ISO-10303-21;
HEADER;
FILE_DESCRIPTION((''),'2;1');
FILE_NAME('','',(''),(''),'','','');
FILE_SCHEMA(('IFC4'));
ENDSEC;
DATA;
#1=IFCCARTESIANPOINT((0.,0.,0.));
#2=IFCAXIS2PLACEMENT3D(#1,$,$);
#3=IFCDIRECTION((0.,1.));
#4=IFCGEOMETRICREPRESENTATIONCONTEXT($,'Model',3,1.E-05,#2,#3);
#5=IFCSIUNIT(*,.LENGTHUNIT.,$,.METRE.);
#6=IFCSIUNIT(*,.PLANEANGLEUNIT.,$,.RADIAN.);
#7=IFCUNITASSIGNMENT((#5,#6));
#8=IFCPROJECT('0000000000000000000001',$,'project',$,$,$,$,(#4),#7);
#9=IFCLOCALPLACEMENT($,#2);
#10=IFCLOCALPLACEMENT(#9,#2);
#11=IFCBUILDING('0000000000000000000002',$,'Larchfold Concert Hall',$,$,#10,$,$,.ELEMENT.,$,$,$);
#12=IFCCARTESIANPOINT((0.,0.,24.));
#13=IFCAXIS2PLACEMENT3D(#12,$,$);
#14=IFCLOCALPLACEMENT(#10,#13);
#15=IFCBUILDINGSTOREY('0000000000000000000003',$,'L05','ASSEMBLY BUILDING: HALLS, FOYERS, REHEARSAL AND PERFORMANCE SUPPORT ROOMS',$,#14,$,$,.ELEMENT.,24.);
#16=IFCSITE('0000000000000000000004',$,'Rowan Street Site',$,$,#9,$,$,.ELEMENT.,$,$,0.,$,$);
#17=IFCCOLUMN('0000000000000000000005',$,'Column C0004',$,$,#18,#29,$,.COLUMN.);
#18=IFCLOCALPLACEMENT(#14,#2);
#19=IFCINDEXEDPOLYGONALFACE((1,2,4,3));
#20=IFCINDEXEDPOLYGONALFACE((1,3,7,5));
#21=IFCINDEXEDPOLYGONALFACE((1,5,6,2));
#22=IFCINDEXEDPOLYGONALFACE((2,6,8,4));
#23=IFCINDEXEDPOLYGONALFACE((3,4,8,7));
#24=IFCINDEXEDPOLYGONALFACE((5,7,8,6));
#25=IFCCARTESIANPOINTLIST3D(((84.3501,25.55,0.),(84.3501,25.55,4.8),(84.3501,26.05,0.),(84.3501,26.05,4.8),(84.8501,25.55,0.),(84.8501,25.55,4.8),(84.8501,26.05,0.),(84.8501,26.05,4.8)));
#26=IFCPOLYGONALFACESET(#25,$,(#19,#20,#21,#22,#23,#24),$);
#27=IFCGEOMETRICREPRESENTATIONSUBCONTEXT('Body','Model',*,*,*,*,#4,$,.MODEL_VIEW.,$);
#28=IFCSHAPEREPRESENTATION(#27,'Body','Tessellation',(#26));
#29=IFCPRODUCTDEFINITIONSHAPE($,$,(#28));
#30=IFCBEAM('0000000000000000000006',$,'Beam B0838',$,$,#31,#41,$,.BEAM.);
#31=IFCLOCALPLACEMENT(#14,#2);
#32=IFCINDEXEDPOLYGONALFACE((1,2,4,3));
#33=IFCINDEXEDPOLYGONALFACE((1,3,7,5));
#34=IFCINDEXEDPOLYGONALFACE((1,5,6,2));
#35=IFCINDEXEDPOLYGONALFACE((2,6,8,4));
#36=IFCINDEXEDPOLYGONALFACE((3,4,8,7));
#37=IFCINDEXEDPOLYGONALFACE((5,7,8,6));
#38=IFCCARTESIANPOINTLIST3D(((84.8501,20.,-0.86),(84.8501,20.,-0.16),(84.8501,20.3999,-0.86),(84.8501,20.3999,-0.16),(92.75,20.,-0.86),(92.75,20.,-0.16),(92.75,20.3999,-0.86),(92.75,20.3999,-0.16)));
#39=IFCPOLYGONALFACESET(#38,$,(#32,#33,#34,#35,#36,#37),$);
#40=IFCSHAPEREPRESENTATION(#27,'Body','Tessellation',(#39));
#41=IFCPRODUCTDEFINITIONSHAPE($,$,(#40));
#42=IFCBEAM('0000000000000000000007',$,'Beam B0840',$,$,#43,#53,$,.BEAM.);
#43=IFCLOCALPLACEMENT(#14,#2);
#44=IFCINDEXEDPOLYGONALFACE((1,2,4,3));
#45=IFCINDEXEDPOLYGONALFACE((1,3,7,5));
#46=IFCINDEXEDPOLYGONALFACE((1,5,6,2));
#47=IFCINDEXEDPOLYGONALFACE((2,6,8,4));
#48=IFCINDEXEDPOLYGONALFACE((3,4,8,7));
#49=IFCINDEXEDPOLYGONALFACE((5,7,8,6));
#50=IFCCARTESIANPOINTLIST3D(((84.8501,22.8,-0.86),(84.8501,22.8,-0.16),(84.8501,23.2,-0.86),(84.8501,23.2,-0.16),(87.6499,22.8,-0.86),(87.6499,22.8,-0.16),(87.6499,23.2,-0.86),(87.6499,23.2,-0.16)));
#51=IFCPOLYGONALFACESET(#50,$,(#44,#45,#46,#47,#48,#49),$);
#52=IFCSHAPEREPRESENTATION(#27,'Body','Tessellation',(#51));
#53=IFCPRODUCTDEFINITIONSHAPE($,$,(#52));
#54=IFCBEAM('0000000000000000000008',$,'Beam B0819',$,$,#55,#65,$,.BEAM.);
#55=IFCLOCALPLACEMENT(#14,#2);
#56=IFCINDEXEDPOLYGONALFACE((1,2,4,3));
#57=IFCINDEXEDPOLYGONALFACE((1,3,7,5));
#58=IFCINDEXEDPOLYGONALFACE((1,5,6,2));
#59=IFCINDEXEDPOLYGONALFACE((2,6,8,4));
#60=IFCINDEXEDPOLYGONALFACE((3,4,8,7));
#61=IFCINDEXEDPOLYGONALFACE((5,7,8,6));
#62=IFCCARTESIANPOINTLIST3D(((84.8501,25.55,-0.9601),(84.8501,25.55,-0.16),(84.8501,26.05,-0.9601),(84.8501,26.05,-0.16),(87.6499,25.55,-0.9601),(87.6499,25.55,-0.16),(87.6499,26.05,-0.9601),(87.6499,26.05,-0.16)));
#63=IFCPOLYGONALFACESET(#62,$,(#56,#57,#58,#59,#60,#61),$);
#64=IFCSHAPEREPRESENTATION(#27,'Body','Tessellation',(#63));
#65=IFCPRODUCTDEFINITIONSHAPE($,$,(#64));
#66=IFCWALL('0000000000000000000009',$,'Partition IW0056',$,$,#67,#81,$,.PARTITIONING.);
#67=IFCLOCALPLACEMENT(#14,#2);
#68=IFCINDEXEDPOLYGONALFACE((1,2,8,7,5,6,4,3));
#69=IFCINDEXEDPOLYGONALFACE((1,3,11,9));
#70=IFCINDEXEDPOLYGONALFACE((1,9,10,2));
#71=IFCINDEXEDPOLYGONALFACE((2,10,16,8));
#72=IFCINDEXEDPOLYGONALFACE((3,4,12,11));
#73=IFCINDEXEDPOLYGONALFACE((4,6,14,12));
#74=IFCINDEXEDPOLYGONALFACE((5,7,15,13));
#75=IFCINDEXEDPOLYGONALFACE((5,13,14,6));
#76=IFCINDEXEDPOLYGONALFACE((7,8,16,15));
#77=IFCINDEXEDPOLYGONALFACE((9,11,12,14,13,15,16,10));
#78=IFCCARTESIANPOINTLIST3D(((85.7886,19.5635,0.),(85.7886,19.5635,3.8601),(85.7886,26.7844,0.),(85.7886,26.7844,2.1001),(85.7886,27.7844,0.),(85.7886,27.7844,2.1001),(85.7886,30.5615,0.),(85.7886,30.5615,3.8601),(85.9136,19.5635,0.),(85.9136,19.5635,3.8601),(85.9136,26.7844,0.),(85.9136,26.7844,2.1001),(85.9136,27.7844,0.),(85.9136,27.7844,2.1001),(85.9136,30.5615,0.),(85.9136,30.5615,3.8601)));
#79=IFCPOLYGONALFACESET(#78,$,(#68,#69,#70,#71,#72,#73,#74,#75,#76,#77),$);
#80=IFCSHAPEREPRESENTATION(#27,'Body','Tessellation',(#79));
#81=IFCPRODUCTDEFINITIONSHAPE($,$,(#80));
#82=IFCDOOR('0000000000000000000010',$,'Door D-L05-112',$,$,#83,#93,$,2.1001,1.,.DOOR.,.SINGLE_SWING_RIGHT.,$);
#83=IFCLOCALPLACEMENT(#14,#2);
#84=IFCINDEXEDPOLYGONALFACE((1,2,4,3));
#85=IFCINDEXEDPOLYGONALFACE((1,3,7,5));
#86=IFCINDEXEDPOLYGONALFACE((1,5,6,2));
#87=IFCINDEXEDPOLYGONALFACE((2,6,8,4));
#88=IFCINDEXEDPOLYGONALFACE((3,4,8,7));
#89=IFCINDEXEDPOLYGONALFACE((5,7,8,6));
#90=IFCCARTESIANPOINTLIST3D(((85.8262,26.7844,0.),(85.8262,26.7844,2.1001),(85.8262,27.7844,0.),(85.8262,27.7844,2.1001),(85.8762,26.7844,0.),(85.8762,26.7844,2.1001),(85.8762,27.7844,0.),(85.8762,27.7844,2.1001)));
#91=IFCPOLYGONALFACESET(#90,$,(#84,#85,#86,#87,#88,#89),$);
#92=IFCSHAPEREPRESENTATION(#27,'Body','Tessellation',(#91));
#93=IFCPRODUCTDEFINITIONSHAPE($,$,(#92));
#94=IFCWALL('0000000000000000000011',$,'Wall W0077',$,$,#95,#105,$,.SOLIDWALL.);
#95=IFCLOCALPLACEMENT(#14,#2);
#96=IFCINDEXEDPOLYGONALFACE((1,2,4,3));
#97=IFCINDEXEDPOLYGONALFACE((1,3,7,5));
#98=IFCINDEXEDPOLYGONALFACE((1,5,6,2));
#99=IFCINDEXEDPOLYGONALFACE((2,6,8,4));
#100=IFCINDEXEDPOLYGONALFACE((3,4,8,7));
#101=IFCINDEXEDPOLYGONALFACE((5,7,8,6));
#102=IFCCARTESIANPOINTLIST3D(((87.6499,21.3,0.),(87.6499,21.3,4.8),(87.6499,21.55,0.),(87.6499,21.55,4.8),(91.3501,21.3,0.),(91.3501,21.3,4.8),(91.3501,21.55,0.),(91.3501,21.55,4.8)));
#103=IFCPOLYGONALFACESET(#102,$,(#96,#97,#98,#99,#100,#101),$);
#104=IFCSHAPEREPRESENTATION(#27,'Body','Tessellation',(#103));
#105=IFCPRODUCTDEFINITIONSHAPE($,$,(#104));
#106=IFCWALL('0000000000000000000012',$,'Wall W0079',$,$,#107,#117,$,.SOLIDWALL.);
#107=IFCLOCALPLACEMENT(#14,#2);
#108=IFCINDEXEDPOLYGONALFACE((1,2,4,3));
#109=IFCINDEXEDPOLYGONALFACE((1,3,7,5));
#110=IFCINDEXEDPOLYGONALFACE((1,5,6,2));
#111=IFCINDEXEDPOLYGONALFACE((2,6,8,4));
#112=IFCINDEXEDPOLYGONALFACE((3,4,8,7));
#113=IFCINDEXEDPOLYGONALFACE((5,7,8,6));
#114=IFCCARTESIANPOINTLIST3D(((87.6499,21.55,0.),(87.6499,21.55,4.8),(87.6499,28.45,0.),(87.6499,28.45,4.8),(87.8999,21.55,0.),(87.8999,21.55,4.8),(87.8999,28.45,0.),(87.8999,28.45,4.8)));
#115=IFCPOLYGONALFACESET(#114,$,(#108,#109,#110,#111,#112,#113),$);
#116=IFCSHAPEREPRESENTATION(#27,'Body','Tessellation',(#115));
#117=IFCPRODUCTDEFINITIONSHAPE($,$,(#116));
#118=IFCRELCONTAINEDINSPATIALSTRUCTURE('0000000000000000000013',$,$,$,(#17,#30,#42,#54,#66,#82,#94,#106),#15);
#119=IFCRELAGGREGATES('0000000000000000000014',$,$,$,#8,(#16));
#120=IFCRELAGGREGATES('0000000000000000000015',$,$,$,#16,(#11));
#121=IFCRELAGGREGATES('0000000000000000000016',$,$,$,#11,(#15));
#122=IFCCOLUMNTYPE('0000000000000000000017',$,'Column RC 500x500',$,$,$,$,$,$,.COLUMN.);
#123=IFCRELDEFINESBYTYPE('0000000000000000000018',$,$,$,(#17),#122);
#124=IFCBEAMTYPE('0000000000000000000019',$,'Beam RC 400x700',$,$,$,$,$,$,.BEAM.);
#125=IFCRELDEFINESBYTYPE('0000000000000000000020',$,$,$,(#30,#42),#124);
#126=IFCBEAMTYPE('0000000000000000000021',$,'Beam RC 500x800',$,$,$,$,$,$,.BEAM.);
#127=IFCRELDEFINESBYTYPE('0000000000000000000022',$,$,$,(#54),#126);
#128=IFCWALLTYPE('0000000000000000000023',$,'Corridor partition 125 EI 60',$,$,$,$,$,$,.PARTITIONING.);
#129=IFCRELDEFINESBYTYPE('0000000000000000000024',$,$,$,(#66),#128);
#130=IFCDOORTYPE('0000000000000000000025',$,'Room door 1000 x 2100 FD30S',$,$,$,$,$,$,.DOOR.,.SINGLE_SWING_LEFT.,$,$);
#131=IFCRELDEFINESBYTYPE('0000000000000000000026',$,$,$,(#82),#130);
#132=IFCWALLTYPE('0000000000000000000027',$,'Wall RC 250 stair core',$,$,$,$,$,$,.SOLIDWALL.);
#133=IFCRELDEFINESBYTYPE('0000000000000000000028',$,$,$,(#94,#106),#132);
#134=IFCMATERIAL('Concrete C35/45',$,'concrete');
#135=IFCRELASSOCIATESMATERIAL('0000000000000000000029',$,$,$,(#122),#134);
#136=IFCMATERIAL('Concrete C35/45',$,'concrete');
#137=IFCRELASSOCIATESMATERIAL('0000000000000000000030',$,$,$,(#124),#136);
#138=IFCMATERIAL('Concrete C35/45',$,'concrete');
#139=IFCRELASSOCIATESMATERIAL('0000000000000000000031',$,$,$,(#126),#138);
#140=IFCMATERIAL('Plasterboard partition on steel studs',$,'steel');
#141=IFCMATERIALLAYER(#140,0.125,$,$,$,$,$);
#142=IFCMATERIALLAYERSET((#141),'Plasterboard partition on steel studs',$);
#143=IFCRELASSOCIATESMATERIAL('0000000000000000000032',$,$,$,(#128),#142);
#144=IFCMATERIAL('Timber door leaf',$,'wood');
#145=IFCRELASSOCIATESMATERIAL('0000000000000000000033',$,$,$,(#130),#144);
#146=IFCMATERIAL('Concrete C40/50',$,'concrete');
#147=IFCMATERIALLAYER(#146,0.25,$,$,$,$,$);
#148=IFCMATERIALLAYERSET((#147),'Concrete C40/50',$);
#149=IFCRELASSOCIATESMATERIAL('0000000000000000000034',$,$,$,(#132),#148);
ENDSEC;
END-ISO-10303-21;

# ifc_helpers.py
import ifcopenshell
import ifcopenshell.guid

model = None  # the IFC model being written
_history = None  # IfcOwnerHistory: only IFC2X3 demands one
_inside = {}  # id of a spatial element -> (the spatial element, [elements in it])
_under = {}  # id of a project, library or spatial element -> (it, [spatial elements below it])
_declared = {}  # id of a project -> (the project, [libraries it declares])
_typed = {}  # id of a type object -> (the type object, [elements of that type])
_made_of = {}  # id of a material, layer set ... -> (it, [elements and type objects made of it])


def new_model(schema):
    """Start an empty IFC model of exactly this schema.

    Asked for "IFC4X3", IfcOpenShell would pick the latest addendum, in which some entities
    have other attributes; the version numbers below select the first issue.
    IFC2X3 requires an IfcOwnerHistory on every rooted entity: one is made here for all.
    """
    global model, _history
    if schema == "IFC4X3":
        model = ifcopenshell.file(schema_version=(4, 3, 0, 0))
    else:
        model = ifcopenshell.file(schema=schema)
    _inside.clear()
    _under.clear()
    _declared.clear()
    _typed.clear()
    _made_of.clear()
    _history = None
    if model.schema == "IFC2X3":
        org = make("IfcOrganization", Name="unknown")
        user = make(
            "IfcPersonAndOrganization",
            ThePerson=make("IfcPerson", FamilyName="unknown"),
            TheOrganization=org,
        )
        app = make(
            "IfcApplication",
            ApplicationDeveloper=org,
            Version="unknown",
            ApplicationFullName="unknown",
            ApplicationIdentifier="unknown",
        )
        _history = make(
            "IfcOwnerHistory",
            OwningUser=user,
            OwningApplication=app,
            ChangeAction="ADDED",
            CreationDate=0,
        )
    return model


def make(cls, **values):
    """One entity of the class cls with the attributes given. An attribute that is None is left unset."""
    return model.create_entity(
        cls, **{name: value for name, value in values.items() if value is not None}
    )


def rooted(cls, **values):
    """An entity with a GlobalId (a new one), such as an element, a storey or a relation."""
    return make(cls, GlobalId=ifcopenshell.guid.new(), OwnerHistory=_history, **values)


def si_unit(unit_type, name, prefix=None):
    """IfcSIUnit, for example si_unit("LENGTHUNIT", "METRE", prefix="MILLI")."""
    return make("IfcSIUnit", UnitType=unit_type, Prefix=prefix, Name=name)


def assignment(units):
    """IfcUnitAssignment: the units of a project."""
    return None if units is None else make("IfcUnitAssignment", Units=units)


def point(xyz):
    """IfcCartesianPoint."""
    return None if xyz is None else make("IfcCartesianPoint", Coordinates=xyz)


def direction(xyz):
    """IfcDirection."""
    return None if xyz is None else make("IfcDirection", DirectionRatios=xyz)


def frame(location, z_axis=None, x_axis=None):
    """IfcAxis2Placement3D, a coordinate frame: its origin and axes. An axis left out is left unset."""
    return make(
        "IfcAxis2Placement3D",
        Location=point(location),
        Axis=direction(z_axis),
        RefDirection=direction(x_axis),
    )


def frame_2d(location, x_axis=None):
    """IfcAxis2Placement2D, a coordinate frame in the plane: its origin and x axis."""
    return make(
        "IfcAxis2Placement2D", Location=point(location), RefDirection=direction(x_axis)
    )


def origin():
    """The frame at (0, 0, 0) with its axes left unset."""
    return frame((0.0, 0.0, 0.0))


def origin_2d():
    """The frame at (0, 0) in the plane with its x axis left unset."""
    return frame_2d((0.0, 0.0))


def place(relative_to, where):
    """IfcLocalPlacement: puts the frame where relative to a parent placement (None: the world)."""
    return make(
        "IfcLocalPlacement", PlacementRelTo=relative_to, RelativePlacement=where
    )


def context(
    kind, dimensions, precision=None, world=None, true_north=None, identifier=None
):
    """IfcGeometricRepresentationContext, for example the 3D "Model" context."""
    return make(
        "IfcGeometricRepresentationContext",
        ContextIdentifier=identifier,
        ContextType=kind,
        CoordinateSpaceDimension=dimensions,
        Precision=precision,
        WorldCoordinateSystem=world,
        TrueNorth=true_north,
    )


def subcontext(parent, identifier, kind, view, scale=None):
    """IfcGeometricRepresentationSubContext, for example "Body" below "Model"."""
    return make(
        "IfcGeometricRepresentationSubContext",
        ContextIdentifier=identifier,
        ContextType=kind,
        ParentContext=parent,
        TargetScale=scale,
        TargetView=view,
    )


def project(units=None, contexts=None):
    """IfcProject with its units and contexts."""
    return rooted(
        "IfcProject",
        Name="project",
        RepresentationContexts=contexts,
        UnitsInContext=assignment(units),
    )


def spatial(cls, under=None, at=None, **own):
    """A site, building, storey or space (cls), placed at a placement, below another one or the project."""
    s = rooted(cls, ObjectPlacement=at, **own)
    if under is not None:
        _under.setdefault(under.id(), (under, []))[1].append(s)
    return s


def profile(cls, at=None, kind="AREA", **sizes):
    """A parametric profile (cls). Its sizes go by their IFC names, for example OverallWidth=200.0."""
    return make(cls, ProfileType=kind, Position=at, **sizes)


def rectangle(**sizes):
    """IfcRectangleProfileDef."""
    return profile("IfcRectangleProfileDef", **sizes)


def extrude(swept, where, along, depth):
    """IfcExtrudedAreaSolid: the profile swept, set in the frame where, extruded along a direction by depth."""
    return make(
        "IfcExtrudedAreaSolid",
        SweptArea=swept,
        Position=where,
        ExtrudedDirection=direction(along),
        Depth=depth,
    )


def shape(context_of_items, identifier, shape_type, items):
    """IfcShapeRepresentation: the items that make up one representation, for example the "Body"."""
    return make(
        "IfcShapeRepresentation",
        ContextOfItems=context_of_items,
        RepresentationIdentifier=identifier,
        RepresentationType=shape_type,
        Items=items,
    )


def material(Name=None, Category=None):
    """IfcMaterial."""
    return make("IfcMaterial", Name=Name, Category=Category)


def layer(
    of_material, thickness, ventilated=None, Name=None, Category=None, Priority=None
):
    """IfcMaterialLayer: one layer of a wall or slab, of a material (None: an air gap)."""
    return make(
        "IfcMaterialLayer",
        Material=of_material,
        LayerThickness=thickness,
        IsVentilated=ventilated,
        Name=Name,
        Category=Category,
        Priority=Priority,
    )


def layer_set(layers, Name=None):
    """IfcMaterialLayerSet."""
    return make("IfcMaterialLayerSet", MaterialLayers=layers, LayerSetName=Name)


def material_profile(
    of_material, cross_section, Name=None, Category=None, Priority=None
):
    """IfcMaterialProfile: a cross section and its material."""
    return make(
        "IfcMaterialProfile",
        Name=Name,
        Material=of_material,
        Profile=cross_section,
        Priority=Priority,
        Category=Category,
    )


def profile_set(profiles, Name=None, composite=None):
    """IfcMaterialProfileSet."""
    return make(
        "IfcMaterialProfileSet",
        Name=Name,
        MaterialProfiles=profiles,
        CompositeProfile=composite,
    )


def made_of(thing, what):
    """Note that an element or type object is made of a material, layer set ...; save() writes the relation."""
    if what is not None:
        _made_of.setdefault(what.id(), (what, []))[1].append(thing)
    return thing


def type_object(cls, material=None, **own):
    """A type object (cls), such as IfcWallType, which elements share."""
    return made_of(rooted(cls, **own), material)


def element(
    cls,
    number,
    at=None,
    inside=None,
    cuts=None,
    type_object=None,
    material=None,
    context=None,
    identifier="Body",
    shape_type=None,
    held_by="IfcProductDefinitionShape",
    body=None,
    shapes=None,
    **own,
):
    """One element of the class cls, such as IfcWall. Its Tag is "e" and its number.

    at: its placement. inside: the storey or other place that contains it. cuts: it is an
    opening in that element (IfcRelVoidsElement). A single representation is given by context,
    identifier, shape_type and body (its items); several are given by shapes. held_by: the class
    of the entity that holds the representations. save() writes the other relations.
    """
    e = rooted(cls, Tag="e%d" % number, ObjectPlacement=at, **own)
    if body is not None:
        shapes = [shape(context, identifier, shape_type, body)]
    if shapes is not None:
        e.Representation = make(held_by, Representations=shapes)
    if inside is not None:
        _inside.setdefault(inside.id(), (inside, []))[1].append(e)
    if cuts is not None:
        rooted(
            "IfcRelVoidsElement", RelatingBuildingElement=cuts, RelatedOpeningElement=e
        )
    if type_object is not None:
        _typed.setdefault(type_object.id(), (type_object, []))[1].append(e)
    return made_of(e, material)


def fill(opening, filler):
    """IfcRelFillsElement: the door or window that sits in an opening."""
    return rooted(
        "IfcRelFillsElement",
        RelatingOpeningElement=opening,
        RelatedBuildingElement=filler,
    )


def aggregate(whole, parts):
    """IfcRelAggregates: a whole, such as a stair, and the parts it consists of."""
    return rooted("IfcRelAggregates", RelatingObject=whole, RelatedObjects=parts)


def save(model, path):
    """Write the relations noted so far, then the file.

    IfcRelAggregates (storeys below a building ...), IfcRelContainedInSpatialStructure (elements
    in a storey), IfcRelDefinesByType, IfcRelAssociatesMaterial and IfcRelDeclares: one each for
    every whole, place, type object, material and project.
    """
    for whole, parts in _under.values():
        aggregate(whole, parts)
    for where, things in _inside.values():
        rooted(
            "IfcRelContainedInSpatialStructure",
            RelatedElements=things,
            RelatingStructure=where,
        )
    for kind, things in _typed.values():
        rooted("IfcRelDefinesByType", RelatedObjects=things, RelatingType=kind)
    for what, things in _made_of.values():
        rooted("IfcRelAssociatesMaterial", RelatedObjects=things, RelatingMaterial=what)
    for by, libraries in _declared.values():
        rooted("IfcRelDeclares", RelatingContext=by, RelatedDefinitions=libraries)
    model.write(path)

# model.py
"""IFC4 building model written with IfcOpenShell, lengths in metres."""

from ifc_helpers import new_model, si_unit, direction, frame, frame_2d, origin, origin_2d, place, context, subcontext, project, spatial, rectangle, extrude, material, layer, layer_set, material_profile, profile_set, type_object, element, fill, save


model = new_model("IFC4")

# Units and contexts
model_context = context("Model", 3, precision=1e-05, world=origin(), true_north=direction((0.0, 1.0)))
body_context = subcontext(model_context, "Body", "Model", "MODEL_VIEW")
ifc_project = project(units=[si_unit("LENGTHUNIT", "METRE"), si_unit("PLANEANGLEUNIT", "RADIAN")], contexts=[model_context])

# Site, building, storey
site_placement = place(None, origin())
site = spatial("IfcSite", under=ifc_project, at=site_placement, Name="Rowan Street Site", CompositionType="ELEMENT", RefElevation=0.0)
building_placement = place(site_placement, origin())
building = spatial("IfcBuilding", under=site, at=building_placement, Name="Larchfold Concert Hall", CompositionType="ELEMENT")
storey_placement = place(building_placement, frame((0.0, 0.0, 24.0)))
storey = spatial("IfcBuildingStorey", under=building, at=storey_placement, Name="L05", Description="ASSEMBLY BUILDING: HALLS, FOYERS, REHEARSAL AND PERFORMANCE SUPPORT ROOMS", CompositionType="ELEMENT", Elevation=24.0)

# Column
ifc_material_1 = material(Name="Concrete C35/45", Category="concrete")
ifc_material_profile_1 = material_profile(ifc_material_1, rectangle(XDim=0.5, YDim=0.5, at=origin_2d()))
ifc_profile_set_1 = profile_set([ifc_material_profile_1], Name="Concrete C35/45")
column_type = type_object("IfcColumnType", Name="Column RC 500x500", PredefinedType="COLUMN", material=ifc_profile_set_1)
column_placement = place(storey_placement, frame((84.6001, 25.8, 0.0), z_axis=(0.0, 0.0, 1.0), x_axis=(1.0, 0.0, 0.0)))
element("IfcColumn", 1, at=column_placement, inside=storey, type_object=column_type, Name="Column C0004", PredefinedType="COLUMN", context=body_context, shape_type="SweptSolid", body=[
    extrude(rectangle(XDim=0.5, YDim=0.5, at=origin_2d()), origin(), (0.0, 0.0, 1.0), 4.8),
])

# Beams
ifc_material_2 = material(Name="Concrete C35/45", Category="concrete")
ifc_material_profile_2 = material_profile(ifc_material_2, rectangle(XDim=0.3999, YDim=0.7, at=origin_2d()))
ifc_profile_set_2 = profile_set([ifc_material_profile_2], Name="Concrete C35/45")
beam_type_1 = type_object("IfcBeamType", Name="Beam RC 400x700", PredefinedType="BEAM", material=ifc_profile_set_2)
beam_1_placement = place(storey_placement, frame((84.8501, 20.2, -0.51), z_axis=(1.0, 0.0, 0.0), x_axis=(0.0, 1.0, 0.0)))
element("IfcBeam", 2, at=beam_1_placement, inside=storey, type_object=beam_type_1, Name="Beam B0838", PredefinedType="BEAM", context=body_context, shape_type="SweptSolid", body=[
    extrude(rectangle(XDim=0.3999, YDim=0.7, at=origin_2d()), origin(), (0.0, 0.0, 1.0), 7.8999),
])
beam_2_placement = place(storey_placement, frame((84.8501, 23.0, -0.51), z_axis=(1.0, 0.0, 0.0), x_axis=(0.0, 1.0, 0.0)))
element("IfcBeam", 3, at=beam_2_placement, inside=storey, type_object=beam_type_1, Name="Beam B0840", PredefinedType="BEAM", context=body_context, shape_type="SweptSolid", body=[
    extrude(rectangle(XDim=0.3999, YDim=0.7, at=origin_2d()), origin(), (0.0, 0.0, 1.0), 2.7998),
])
ifc_material_3 = material(Name="Concrete C35/45", Category="concrete")
ifc_material_profile_3 = material_profile(ifc_material_3, rectangle(XDim=0.5, YDim=0.8, at=origin_2d()))
ifc_profile_set_3 = profile_set([ifc_material_profile_3], Name="Concrete C35/45")
beam_type_2 = type_object("IfcBeamType", Name="Beam RC 500x800", PredefinedType="BEAM", material=ifc_profile_set_3)
beam_3_placement = place(storey_placement, frame((84.8501, 25.8, -0.5601), z_axis=(1.0, 0.0, 0.0), x_axis=(0.0, 1.0, 0.0)))
element("IfcBeam", 4, at=beam_3_placement, inside=storey, type_object=beam_type_2, Name="Beam B0819", PredefinedType="BEAM", context=body_context, shape_type="SweptSolid", body=[
    extrude(rectangle(XDim=0.5, YDim=0.8, at=origin_2d()), origin(), (0.0, 0.0, 1.0), 2.7998),
])

# Wall, opening, door
ifc_material_4 = material(Name="Plasterboard partition on steel studs", Category="steel")
ifc_layer_1 = layer(ifc_material_4, 0.125)
ifc_layer_set_1 = layer_set([ifc_layer_1], Name="Plasterboard partition on steel studs")
wall_type_1 = type_object("IfcWallType", Name="Corridor partition 125 EI 60", PredefinedType="PARTITIONING", material=ifc_layer_set_1)
wall_1_placement = place(storey_placement, frame((85.8511, 19.5635, 0.0), z_axis=(0.0, 0.0, 1.0), x_axis=(0.0, 1.0, 0.0)))
wall_1 = element("IfcWall", 5, at=wall_1_placement, inside=storey, type_object=wall_type_1, Name="Partition IW0056", PredefinedType="PARTITIONING", context=body_context, shape_type="SweptSolid", body=[
    extrude(rectangle(XDim=10.998, YDim=0.125, at=frame_2d((5.499, 0.0))), origin(), (0.0, 0.0, 1.0), 3.8601),
])
opening_1_placement = place(wall_1_placement, frame((7.2209, 0.0, 0.0)))
opening_1 = element("IfcOpeningElement", 6, at=opening_1_placement, cuts=wall_1, PredefinedType="OPENING", context=body_context, shape_type="SweptSolid", body=[
    extrude(rectangle(XDim=1.0, YDim=2.1001, at=frame_2d((0.5, 1.05))), frame((0.0, 0.0725, 0.0), z_axis=(0.0, -1.0, 0.0), x_axis=(1.0, 0.0, 0.0)), (0.0, 0.0, 1.0), 0.145),
])
ifc_material_5 = material(Name="Timber door leaf", Category="wood")
door_type = type_object("IfcDoorType", Name="Room door 1000 x 2100 FD30S", OperationType="SINGLE_SWING_LEFT", PredefinedType="DOOR", material=ifc_material_5)
door_placement = place(opening_1_placement, origin())
door = element("IfcDoor", 7, at=door_placement, inside=storey, type_object=door_type, Name="Door D-L05-112", OperationType="SINGLE_SWING_RIGHT", OverallHeight=2.1001, OverallWidth=1.0, PredefinedType="DOOR", context=body_context, shape_type="SweptSolid", body=[
    extrude(rectangle(XDim=1.0, YDim=2.1001, at=frame_2d((0.5, 1.05))), frame((0.0, 0.0249, 0.0), z_axis=(0.0, -1.0, 0.0), x_axis=(1.0, 0.0, 0.0)), (0.0, 0.0, 1.0), 0.05),
])
fill(opening_1, door)

# Walls
ifc_material_6 = material(Name="Concrete C40/50", Category="concrete")
ifc_layer_2 = layer(ifc_material_6, 0.25)
ifc_layer_set_2 = layer_set([ifc_layer_2], Name="Concrete C40/50")
wall_type_2 = type_object("IfcWallType", Name="Wall RC 250 stair core", PredefinedType="SOLIDWALL", material=ifc_layer_set_2)
wall_2_placement = place(storey_placement, frame((87.6499, 21.425, 0.0), z_axis=(0.0, 0.0, 1.0), x_axis=(1.0, 0.0, 0.0)))
element("IfcWall", 8, at=wall_2_placement, inside=storey, type_object=wall_type_2, Name="Wall W0077", PredefinedType="SOLIDWALL", context=body_context, shape_type="SweptSolid", body=[
    extrude(rectangle(XDim=3.7002, YDim=0.25, at=frame_2d((1.8501, 0.0))), origin(), (0.0, 0.0, 1.0), 4.8),
])
wall_3_placement = place(storey_placement, frame((87.7749, 21.55, 0.0), z_axis=(0.0, 0.0, 1.0), x_axis=(0.0, 1.0, 0.0)))
element("IfcWall", 9, at=wall_3_placement, inside=storey, type_object=wall_type_2, Name="Wall W0079", PredefinedType="SOLIDWALL", context=body_context, shape_type="SweptSolid", body=[
    extrude(rectangle(XDim=6.8999, YDim=0.25, at=frame_2d((3.45, 0.0))), origin(), (0.0, 0.0, 1.0), 4.8),
])

save(model, "model.ifc")
